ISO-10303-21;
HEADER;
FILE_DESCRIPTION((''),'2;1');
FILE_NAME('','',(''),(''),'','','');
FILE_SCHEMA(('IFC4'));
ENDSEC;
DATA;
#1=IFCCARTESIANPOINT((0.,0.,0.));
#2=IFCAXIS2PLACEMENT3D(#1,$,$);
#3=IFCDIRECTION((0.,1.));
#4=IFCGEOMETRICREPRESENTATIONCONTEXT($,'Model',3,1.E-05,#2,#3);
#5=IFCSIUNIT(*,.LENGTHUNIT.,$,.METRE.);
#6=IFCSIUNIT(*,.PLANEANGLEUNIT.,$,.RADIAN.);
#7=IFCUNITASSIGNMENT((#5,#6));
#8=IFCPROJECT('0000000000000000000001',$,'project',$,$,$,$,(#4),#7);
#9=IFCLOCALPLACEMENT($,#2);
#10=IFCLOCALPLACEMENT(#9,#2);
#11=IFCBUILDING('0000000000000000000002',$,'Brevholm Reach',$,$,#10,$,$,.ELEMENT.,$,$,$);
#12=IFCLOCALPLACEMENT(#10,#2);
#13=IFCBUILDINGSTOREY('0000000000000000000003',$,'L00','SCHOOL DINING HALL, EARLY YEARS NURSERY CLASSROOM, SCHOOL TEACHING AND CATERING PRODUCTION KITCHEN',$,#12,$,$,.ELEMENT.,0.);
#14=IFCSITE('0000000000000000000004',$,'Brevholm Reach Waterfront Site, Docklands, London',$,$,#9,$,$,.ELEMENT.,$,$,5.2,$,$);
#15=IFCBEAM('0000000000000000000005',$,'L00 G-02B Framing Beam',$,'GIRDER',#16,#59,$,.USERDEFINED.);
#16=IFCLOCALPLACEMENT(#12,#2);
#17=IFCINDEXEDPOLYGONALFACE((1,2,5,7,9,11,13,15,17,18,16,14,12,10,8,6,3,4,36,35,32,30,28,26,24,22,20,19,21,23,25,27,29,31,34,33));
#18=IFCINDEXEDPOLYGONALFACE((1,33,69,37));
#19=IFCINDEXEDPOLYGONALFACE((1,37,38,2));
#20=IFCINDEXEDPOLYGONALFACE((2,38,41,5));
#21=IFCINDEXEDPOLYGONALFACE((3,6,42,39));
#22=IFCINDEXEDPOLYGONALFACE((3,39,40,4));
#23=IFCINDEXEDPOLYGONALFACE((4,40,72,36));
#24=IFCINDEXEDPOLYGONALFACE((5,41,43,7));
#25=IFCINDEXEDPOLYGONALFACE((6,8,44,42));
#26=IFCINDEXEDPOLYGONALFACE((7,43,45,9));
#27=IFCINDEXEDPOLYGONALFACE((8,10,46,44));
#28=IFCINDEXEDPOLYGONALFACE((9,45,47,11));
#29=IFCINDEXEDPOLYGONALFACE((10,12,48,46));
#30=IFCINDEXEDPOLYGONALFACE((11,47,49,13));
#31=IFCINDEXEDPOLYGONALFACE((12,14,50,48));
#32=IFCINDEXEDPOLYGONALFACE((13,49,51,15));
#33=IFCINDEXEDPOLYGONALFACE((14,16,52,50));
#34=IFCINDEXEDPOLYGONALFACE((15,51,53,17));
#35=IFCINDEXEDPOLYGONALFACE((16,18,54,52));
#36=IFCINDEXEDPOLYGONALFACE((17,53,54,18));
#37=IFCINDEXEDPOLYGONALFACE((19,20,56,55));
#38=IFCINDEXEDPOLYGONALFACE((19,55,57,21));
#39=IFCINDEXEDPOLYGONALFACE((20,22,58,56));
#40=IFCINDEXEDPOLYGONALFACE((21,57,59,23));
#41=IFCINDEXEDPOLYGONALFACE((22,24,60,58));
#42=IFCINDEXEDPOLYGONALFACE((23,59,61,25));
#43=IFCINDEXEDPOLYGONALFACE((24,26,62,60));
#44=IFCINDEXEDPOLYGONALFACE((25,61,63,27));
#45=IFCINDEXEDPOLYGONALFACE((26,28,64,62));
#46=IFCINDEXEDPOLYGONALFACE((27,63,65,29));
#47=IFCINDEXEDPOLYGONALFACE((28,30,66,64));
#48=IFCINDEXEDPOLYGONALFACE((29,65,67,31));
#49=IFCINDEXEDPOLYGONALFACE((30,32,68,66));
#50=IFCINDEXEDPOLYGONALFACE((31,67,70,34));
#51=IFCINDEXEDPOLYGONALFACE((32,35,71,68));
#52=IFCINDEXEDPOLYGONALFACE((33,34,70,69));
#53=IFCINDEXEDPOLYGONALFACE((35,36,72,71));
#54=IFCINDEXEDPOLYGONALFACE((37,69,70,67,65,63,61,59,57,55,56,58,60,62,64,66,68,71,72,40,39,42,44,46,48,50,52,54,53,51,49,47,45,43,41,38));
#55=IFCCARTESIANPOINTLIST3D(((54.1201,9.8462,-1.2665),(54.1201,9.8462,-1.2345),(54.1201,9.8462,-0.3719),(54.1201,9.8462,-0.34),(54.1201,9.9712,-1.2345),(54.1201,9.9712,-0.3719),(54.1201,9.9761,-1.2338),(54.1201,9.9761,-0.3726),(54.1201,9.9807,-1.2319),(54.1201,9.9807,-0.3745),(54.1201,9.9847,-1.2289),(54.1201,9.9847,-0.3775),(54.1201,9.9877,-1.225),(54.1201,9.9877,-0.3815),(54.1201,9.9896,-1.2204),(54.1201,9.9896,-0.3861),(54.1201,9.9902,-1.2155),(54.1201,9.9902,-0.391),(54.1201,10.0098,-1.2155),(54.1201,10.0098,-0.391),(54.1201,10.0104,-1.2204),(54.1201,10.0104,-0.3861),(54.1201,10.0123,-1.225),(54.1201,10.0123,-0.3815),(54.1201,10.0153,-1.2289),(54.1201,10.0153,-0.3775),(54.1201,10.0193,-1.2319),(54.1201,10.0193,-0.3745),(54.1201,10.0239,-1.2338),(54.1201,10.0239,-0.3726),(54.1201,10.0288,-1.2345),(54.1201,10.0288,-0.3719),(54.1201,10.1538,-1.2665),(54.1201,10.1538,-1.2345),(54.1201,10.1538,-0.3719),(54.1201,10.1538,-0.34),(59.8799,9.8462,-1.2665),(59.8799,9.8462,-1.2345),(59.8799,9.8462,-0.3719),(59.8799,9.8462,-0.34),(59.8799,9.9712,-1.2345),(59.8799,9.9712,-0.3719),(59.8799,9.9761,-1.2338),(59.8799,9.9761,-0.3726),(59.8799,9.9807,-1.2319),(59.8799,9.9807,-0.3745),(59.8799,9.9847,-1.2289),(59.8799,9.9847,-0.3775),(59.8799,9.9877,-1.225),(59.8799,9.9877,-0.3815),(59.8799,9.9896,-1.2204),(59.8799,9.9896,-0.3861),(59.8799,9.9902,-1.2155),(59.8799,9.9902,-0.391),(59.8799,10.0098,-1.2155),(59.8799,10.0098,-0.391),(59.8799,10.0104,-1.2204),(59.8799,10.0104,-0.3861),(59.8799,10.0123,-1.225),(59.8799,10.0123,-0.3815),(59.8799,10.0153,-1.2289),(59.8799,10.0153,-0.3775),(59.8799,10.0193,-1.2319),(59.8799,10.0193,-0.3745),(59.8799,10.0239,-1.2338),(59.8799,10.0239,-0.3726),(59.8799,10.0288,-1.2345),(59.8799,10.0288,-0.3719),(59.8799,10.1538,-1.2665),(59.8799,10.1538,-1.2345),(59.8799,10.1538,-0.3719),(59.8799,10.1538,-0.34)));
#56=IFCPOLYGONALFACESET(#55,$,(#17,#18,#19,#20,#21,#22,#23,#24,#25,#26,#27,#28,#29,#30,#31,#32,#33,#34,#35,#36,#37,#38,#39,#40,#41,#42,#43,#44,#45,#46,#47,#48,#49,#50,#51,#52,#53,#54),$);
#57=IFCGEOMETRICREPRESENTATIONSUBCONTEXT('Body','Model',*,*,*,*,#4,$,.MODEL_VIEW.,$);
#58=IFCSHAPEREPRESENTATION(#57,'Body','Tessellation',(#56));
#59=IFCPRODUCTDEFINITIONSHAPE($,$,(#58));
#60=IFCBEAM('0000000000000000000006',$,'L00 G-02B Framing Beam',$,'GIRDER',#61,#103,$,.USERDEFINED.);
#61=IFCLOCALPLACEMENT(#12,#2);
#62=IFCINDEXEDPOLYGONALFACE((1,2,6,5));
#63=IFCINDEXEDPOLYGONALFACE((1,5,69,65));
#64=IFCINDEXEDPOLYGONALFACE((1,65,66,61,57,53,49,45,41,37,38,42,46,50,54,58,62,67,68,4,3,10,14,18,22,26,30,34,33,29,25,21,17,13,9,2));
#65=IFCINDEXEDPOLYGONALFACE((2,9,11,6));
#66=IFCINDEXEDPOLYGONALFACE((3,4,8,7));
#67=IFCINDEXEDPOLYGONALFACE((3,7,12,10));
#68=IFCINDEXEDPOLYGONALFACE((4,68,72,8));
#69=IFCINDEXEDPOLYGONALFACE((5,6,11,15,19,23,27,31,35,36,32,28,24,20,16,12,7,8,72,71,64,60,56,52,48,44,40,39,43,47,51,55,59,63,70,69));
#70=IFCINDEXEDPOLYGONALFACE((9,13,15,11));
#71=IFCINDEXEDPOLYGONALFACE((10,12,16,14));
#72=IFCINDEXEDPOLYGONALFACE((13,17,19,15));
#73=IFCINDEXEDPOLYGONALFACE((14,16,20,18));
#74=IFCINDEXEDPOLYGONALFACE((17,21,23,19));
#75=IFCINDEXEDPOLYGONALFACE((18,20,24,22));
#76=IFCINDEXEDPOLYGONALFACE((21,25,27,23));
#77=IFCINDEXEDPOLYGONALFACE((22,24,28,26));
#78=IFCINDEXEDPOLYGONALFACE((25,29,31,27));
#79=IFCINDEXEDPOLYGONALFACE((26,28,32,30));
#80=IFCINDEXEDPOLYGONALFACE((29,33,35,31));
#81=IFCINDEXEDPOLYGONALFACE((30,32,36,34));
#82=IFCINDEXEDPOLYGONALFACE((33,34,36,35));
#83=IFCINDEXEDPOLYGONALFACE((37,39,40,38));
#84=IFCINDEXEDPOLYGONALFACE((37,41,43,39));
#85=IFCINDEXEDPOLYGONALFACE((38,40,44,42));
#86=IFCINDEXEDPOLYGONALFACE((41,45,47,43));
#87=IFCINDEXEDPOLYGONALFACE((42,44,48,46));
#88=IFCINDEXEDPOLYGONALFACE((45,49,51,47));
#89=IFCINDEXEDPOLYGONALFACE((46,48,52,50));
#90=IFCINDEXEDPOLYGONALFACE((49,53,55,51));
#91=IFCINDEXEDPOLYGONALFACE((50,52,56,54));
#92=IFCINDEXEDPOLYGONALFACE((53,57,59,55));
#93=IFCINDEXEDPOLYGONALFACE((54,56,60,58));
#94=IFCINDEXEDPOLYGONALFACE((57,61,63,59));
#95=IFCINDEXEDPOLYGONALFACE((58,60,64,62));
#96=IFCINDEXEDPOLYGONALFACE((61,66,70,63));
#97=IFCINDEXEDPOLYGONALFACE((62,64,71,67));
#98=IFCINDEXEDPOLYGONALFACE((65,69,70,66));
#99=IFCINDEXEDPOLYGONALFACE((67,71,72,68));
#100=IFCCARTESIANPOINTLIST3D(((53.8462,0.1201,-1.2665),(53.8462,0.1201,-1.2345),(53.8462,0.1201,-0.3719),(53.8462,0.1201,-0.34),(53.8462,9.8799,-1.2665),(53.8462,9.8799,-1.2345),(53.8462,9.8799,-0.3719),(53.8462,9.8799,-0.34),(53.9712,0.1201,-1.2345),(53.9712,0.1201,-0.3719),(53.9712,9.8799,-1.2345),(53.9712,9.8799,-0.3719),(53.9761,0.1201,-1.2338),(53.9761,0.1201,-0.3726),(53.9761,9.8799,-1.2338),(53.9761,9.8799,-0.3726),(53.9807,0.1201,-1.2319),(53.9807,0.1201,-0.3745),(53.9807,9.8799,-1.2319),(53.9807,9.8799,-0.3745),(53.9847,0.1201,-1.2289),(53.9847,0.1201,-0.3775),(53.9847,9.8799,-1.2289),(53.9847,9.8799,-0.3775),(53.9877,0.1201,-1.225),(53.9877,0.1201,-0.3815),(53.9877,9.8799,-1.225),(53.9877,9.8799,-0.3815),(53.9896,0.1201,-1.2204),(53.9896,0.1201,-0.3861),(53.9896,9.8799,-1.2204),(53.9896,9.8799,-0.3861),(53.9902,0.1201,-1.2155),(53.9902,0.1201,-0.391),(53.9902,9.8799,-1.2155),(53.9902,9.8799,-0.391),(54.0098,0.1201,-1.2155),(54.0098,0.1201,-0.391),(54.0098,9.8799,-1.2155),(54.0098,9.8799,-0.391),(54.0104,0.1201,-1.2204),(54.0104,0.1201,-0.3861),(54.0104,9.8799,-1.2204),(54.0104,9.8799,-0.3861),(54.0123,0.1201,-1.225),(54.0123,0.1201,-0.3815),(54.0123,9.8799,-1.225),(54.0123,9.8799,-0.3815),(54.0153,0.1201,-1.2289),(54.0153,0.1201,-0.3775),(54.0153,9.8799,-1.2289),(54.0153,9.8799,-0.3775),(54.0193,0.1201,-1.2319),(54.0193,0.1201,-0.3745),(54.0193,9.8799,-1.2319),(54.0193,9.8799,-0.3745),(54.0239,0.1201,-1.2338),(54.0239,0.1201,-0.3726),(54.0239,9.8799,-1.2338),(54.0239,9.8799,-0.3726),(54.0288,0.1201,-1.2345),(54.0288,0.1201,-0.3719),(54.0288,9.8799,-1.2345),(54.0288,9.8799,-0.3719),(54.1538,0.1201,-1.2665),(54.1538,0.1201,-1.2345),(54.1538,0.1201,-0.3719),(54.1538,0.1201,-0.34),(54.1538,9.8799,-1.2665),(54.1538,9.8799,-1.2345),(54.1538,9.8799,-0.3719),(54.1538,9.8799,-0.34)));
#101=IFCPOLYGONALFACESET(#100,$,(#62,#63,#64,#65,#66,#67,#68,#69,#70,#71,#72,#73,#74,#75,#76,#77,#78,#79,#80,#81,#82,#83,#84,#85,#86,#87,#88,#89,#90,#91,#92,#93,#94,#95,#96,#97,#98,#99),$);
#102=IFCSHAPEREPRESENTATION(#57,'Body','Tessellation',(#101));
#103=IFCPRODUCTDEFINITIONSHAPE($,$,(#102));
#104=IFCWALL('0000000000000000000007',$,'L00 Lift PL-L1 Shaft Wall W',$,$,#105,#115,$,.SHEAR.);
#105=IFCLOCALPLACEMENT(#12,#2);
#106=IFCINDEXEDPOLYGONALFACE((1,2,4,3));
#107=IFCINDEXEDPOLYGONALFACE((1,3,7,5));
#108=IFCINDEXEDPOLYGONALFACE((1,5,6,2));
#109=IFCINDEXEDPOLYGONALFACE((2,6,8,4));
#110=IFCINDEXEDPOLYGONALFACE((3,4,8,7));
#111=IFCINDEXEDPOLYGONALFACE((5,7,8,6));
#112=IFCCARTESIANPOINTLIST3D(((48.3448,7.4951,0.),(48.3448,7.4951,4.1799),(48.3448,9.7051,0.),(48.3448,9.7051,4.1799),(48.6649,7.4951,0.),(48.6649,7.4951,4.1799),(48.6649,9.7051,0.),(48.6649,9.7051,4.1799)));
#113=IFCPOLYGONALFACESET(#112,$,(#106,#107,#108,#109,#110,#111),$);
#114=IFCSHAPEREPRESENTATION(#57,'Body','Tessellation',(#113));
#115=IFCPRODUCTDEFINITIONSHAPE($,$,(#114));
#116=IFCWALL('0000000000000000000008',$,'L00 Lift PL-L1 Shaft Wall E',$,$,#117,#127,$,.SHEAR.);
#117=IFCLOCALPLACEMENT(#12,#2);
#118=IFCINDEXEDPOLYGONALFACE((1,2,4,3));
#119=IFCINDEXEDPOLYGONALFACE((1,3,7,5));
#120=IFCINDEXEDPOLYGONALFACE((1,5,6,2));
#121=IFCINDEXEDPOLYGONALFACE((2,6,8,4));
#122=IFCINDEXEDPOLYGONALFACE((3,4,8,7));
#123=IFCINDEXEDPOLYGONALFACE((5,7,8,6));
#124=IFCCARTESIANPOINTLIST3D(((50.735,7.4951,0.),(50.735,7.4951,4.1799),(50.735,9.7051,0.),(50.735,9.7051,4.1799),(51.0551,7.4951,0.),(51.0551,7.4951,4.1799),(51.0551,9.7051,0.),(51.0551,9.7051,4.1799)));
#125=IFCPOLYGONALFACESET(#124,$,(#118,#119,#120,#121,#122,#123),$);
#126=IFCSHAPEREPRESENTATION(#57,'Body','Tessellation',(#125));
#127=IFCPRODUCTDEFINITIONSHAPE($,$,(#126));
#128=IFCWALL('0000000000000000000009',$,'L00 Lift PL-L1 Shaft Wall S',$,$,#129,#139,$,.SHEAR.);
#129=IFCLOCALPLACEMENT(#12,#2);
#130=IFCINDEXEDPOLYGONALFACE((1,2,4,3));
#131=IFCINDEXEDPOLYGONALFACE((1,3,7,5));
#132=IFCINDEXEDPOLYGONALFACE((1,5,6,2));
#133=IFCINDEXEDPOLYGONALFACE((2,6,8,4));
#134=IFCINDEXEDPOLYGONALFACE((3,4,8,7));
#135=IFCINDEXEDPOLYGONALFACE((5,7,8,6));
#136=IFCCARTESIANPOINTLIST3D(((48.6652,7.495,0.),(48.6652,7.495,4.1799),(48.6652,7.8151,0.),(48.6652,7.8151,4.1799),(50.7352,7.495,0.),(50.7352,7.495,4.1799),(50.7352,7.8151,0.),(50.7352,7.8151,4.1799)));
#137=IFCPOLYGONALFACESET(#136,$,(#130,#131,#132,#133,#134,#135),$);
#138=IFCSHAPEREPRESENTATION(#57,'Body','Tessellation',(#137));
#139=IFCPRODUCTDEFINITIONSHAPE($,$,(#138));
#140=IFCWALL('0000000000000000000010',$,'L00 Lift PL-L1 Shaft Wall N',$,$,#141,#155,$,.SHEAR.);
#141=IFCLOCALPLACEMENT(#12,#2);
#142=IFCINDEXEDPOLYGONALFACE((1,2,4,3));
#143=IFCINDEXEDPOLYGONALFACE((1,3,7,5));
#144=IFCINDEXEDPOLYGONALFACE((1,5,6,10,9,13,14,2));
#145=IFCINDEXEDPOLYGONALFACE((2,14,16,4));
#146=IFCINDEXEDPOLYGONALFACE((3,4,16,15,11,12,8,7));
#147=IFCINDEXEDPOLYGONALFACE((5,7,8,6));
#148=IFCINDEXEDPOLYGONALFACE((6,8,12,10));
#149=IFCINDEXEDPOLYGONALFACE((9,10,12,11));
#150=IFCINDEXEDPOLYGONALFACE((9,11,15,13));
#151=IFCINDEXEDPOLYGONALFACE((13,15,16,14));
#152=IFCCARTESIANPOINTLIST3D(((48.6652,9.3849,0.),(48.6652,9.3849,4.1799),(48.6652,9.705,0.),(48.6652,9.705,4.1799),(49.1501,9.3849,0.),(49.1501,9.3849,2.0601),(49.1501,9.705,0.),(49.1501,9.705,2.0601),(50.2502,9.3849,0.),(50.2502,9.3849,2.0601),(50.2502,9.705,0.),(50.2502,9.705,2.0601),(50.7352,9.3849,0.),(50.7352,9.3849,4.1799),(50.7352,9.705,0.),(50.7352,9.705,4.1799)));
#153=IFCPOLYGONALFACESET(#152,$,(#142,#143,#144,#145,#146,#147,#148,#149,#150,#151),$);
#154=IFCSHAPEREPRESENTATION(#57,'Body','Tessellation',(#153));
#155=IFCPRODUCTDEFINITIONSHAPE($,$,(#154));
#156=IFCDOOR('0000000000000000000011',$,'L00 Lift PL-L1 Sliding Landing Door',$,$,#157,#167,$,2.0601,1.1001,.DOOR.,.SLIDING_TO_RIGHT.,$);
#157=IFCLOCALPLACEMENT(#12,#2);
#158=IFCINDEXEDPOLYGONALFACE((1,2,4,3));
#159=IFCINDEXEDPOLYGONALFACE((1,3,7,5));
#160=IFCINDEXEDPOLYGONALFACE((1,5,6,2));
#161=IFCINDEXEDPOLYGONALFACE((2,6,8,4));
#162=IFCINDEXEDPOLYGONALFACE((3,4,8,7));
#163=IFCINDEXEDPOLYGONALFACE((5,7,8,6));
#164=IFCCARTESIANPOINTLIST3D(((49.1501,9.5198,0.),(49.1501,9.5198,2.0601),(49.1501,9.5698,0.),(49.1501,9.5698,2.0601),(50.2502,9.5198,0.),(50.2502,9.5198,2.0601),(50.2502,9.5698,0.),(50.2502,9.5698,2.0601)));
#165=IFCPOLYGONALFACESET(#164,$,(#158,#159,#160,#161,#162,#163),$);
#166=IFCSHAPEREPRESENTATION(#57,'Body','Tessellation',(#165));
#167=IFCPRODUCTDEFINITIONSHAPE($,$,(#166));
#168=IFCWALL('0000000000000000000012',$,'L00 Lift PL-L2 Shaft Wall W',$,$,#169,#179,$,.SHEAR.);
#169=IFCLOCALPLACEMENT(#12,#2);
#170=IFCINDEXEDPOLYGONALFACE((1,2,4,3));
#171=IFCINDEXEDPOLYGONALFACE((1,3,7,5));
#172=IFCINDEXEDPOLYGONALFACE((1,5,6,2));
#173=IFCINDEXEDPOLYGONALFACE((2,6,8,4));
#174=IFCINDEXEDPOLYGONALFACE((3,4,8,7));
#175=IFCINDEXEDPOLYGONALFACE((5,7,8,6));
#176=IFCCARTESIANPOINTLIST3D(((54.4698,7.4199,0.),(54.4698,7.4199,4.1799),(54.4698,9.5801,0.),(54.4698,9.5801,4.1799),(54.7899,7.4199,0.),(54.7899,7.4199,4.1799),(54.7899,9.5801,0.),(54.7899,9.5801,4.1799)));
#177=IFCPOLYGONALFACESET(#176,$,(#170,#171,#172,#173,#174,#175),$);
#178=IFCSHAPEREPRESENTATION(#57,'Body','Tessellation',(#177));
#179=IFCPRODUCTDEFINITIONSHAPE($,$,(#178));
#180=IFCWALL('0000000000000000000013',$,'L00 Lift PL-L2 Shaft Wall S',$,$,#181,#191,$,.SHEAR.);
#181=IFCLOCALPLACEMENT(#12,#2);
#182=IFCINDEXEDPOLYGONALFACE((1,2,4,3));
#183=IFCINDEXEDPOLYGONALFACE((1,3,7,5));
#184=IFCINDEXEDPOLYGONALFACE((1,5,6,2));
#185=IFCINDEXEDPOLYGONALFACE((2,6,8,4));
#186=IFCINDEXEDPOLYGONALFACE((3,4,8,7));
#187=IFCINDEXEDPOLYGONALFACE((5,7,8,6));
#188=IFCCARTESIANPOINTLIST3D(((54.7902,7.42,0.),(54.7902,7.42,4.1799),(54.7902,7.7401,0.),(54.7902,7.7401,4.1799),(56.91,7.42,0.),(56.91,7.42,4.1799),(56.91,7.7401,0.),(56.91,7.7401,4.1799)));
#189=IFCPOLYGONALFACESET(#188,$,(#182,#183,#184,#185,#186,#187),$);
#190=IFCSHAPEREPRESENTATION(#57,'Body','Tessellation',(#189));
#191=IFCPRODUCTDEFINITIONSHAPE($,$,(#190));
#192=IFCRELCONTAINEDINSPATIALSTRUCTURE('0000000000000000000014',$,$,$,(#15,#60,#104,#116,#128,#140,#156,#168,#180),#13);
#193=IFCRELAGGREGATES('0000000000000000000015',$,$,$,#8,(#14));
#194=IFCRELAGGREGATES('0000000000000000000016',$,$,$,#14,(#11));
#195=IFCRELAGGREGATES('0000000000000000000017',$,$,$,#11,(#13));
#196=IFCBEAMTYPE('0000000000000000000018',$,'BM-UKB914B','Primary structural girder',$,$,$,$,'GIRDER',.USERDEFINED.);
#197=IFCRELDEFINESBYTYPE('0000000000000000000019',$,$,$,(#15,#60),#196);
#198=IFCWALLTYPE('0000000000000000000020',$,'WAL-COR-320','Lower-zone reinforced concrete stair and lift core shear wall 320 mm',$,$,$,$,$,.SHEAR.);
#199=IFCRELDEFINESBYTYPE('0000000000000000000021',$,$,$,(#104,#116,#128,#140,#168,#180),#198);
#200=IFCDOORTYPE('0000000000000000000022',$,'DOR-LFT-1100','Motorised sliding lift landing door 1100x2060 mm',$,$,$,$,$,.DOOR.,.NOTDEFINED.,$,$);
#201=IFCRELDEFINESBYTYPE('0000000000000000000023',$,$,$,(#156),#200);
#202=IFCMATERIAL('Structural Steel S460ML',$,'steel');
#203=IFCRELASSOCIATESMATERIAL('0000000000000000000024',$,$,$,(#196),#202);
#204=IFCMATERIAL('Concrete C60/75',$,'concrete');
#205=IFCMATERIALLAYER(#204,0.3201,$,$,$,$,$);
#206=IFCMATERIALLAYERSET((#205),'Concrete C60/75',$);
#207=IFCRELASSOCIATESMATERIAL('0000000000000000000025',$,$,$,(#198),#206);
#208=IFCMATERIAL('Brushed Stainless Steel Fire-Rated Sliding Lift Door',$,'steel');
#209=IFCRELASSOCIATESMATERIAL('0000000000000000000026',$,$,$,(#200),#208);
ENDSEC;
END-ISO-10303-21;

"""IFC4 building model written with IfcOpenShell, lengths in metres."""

from ifc_helpers import new_model, si_unit, direction, frame, frame_2d, origin, origin_2d, place, context, subcontext, project, spatial, rectangle, i_section, extrude, material, layer, layer_set, material_profile, profile_set, type_object, element, fill, save


model = new_model("IFC4")

# Units and contexts
model_context = context("Model", 3, precision=1e-05, world=origin(), true_north=direction((0.0, 1.0)))
body_context = subcontext(model_context, "Body", "Model", "MODEL_VIEW")
ifc_project = project(units=[si_unit("LENGTHUNIT", "METRE"), si_unit("PLANEANGLEUNIT", "RADIAN")], contexts=[model_context])

# Site, building, storey
site_placement = place(None, origin())
site = spatial("IfcSite", under=ifc_project, at=site_placement, Name="Brevholm Reach Waterfront Site, Docklands, London", CompositionType="ELEMENT", RefElevation=5.2)
building_placement = place(site_placement, origin())
building = spatial("IfcBuilding", under=site, at=building_placement, Name="Brevholm Reach", CompositionType="ELEMENT")
storey_placement = place(building_placement, origin())
storey = spatial("IfcBuildingStorey", under=building, at=storey_placement, Name="L00", Description="SCHOOL DINING HALL, EARLY YEARS NURSERY CLASSROOM, SCHOOL TEACHING AND CATERING PRODUCTION KITCHEN", CompositionType="ELEMENT", Elevation=0.0)

# Beams
ifc_material_1 = material(Name="Structural Steel S460ML", Category="steel")
ifc_material_profile_1 = material_profile(ifc_material_1, i_section(OverallWidth=0.3076, OverallDepth=0.9265, WebThickness=0.0195, FlangeThickness=0.032, FilletRadius=0.019, at=origin_2d()), Name="UKB 914x305x289")
ifc_profile_set_1 = profile_set([ifc_material_profile_1], Name="Structural Steel S460ML")
beam_type_1 = type_object("IfcBeamType", Name="BM-UKB914B", Description="Primary structural girder", ElementType="GIRDER", PredefinedType="USERDEFINED", material=ifc_profile_set_1)
beam_1_placement = place(storey_placement, frame((54.1201, 10.0, -0.8032), z_axis=(1.0, 0.0, 0.0), x_axis=(0.0, 1.0, 0.0)))
element("IfcBeam", 1, at=beam_1_placement, inside=storey, type_object=beam_type_1, Name="L00 G-02B Framing Beam", ObjectType="GIRDER", PredefinedType="USERDEFINED", context=body_context, shape_type="SweptSolid", body=[
    extrude(i_section(OverallWidth=0.3076, OverallDepth=0.9265, WebThickness=0.0195, FlangeThickness=0.032, FilletRadius=0.019, at=origin_2d()), origin(), (0.0, 0.0, 1.0), 5.7598),
])
beam_2_placement = place(storey_placement, frame((54.0, 0.1201, -0.8032), z_axis=(0.0, 1.0, 0.0), x_axis=(-1.0, 0.0, 0.0)))
element("IfcBeam", 2, at=beam_2_placement, inside=storey, type_object=beam_type_1, Name="L00 G-02B Framing Beam", ObjectType="GIRDER", PredefinedType="USERDEFINED", context=body_context, shape_type="SweptSolid", body=[
    extrude(i_section(OverallWidth=0.3076, OverallDepth=0.9265, WebThickness=0.0195, FlangeThickness=0.032, FilletRadius=0.019, at=origin_2d()), origin(), (0.0, 0.0, 1.0), 9.7598),
])

# Walls
ifc_material_2 = material(Name="Concrete C60/75", Category="concrete")
ifc_layer_1 = layer(ifc_material_2, 0.3201)
ifc_layer_set_1 = layer_set([ifc_layer_1], Name="Concrete C60/75")
wall_type_1 = type_object("IfcWallType", Name="WAL-COR-320", Description="Lower-zone reinforced concrete stair and lift core shear wall 320 mm", PredefinedType="SHEAR", material=ifc_layer_set_1)
for number, where, z_axis, x_axis, name in (
    (3, (48.5049, 7.4951, 0.0), (0.0, 0.0, 1.0), (0.0, 1.0, 0.0), "L00 Lift PL-L1 Shaft Wall W"),
    (4, (50.895, 7.4951, 0.0), (0.0, 0.0, 1.0), (0.0, 1.0, 0.0), "L00 Lift PL-L1 Shaft Wall E"),
):
    element("IfcWall", number, at=place(storey_placement, frame(where, z_axis=z_axis, x_axis=x_axis)), inside=storey, type_object=wall_type_1, Name=name, PredefinedType="SHEAR", context=body_context, shape_type="SweptSolid", body=[
        extrude(rectangle(XDim=2.21, YDim=0.3201, at=frame_2d((1.105, 0.0))), origin(), (0.0, 0.0, 1.0), 4.1799),
    ])
wall_1_placement = place(storey_placement, frame((48.665, 7.655, 0.0), z_axis=(0.0, 0.0, 1.0), x_axis=(1.0, 0.0, 0.0)))
element("IfcWall", 5, at=wall_1_placement, inside=storey, type_object=wall_type_1, Name="L00 Lift PL-L1 Shaft Wall S", PredefinedType="SHEAR", context=body_context, shape_type="SweptSolid", body=[
    extrude(rectangle(XDim=2.0701, YDim=0.3201, at=frame_2d((1.0352, 0.0))), origin(), (0.0, 0.0, 1.0), 4.1799),
])

# Wall, opening, door
wall_2_placement = place(storey_placement, frame((48.665, 9.5449, 0.0), z_axis=(0.0, 0.0, 1.0), x_axis=(1.0, 0.0, 0.0)))
wall_2 = element("IfcWall", 6, at=wall_2_placement, inside=storey, type_object=wall_type_1, Name="L00 Lift PL-L1 Shaft Wall N", PredefinedType="SHEAR", context=body_context, shape_type="SweptSolid", body=[
    extrude(rectangle(XDim=2.0701, YDim=0.3201, at=frame_2d((1.0352, 0.0))), origin(), (0.0, 0.0, 1.0), 4.1799),
])
opening_1_placement = place(wall_2_placement, frame((0.4851, 0.0, 0.0)))
opening_1 = element("IfcOpeningElement", 7, at=opening_1_placement, cuts=wall_2, PredefinedType="OPENING", context=body_context, shape_type="SweptSolid", body=[
    extrude(rectangle(XDim=1.1001, YDim=2.0601, at=frame_2d((0.55, 1.03))), frame((0.0, 0.1699, 0.0), z_axis=(0.0, -1.0, 0.0), x_axis=(1.0, 0.0, 0.0)), (0.0, 0.0, 1.0), 0.3401),
])
ifc_material_3 = material(Name="Brushed Stainless Steel Fire-Rated Sliding Lift Door", Category="steel")
door_type_1 = type_object("IfcDoorType", Name="DOR-LFT-1100", Description="Motorised sliding lift landing door 1100x2060 mm", OperationType="NOTDEFINED", PredefinedType="DOOR", material=ifc_material_3)
door_1_placement = place(opening_1_placement, origin())
door_1 = element("IfcDoor", 8, at=door_1_placement, inside=storey, type_object=door_type_1, Name="L00 Lift PL-L1 Sliding Landing Door", OperationType="SLIDING_TO_RIGHT", OverallHeight=2.0601, OverallWidth=1.1001, PredefinedType="DOOR", context=body_context, shape_type="SweptSolid", body=[
    extrude(rectangle(XDim=1.1001, YDim=2.0601, at=frame_2d((0.55, 1.03))), frame((0.0, 0.0249, 0.0), z_axis=(0.0, -1.0, 0.0), x_axis=(1.0, 0.0, 0.0)), (0.0, 0.0, 1.0), 0.05),
])
fill(opening_1, door_1)

# Walls
wall_3_placement = place(storey_placement, frame((54.6299, 7.4199, 0.0), z_axis=(0.0, 0.0, 1.0), x_axis=(0.0, 1.0, 0.0)))
element("IfcWall", 9, at=wall_3_placement, inside=storey, type_object=wall_type_1, Name="L00 Lift PL-L2 Shaft Wall W", PredefinedType="SHEAR", context=body_context, shape_type="SweptSolid", body=[
    extrude(rectangle(XDim=2.1602, YDim=0.3201, at=frame_2d((1.0801, 0.0))), origin(), (0.0, 0.0, 1.0), 4.1799),
])
wall_4_placement = place(storey_placement, frame((54.79, 7.5801, 0.0), z_axis=(0.0, 0.0, 1.0), x_axis=(1.0, 0.0, 0.0)))
element("IfcWall", 10, at=wall_4_placement, inside=storey, type_object=wall_type_1, Name="L00 Lift PL-L2 Shaft Wall S", PredefinedType="SHEAR", context=body_context, shape_type="SweptSolid", body=[
    extrude(rectangle(XDim=2.1199, YDim=0.3201, at=frame_2d((1.0601, 0.0))), origin(), (0.0, 0.0, 1.0), 4.1799),
])

save(model, "model.ifc")
